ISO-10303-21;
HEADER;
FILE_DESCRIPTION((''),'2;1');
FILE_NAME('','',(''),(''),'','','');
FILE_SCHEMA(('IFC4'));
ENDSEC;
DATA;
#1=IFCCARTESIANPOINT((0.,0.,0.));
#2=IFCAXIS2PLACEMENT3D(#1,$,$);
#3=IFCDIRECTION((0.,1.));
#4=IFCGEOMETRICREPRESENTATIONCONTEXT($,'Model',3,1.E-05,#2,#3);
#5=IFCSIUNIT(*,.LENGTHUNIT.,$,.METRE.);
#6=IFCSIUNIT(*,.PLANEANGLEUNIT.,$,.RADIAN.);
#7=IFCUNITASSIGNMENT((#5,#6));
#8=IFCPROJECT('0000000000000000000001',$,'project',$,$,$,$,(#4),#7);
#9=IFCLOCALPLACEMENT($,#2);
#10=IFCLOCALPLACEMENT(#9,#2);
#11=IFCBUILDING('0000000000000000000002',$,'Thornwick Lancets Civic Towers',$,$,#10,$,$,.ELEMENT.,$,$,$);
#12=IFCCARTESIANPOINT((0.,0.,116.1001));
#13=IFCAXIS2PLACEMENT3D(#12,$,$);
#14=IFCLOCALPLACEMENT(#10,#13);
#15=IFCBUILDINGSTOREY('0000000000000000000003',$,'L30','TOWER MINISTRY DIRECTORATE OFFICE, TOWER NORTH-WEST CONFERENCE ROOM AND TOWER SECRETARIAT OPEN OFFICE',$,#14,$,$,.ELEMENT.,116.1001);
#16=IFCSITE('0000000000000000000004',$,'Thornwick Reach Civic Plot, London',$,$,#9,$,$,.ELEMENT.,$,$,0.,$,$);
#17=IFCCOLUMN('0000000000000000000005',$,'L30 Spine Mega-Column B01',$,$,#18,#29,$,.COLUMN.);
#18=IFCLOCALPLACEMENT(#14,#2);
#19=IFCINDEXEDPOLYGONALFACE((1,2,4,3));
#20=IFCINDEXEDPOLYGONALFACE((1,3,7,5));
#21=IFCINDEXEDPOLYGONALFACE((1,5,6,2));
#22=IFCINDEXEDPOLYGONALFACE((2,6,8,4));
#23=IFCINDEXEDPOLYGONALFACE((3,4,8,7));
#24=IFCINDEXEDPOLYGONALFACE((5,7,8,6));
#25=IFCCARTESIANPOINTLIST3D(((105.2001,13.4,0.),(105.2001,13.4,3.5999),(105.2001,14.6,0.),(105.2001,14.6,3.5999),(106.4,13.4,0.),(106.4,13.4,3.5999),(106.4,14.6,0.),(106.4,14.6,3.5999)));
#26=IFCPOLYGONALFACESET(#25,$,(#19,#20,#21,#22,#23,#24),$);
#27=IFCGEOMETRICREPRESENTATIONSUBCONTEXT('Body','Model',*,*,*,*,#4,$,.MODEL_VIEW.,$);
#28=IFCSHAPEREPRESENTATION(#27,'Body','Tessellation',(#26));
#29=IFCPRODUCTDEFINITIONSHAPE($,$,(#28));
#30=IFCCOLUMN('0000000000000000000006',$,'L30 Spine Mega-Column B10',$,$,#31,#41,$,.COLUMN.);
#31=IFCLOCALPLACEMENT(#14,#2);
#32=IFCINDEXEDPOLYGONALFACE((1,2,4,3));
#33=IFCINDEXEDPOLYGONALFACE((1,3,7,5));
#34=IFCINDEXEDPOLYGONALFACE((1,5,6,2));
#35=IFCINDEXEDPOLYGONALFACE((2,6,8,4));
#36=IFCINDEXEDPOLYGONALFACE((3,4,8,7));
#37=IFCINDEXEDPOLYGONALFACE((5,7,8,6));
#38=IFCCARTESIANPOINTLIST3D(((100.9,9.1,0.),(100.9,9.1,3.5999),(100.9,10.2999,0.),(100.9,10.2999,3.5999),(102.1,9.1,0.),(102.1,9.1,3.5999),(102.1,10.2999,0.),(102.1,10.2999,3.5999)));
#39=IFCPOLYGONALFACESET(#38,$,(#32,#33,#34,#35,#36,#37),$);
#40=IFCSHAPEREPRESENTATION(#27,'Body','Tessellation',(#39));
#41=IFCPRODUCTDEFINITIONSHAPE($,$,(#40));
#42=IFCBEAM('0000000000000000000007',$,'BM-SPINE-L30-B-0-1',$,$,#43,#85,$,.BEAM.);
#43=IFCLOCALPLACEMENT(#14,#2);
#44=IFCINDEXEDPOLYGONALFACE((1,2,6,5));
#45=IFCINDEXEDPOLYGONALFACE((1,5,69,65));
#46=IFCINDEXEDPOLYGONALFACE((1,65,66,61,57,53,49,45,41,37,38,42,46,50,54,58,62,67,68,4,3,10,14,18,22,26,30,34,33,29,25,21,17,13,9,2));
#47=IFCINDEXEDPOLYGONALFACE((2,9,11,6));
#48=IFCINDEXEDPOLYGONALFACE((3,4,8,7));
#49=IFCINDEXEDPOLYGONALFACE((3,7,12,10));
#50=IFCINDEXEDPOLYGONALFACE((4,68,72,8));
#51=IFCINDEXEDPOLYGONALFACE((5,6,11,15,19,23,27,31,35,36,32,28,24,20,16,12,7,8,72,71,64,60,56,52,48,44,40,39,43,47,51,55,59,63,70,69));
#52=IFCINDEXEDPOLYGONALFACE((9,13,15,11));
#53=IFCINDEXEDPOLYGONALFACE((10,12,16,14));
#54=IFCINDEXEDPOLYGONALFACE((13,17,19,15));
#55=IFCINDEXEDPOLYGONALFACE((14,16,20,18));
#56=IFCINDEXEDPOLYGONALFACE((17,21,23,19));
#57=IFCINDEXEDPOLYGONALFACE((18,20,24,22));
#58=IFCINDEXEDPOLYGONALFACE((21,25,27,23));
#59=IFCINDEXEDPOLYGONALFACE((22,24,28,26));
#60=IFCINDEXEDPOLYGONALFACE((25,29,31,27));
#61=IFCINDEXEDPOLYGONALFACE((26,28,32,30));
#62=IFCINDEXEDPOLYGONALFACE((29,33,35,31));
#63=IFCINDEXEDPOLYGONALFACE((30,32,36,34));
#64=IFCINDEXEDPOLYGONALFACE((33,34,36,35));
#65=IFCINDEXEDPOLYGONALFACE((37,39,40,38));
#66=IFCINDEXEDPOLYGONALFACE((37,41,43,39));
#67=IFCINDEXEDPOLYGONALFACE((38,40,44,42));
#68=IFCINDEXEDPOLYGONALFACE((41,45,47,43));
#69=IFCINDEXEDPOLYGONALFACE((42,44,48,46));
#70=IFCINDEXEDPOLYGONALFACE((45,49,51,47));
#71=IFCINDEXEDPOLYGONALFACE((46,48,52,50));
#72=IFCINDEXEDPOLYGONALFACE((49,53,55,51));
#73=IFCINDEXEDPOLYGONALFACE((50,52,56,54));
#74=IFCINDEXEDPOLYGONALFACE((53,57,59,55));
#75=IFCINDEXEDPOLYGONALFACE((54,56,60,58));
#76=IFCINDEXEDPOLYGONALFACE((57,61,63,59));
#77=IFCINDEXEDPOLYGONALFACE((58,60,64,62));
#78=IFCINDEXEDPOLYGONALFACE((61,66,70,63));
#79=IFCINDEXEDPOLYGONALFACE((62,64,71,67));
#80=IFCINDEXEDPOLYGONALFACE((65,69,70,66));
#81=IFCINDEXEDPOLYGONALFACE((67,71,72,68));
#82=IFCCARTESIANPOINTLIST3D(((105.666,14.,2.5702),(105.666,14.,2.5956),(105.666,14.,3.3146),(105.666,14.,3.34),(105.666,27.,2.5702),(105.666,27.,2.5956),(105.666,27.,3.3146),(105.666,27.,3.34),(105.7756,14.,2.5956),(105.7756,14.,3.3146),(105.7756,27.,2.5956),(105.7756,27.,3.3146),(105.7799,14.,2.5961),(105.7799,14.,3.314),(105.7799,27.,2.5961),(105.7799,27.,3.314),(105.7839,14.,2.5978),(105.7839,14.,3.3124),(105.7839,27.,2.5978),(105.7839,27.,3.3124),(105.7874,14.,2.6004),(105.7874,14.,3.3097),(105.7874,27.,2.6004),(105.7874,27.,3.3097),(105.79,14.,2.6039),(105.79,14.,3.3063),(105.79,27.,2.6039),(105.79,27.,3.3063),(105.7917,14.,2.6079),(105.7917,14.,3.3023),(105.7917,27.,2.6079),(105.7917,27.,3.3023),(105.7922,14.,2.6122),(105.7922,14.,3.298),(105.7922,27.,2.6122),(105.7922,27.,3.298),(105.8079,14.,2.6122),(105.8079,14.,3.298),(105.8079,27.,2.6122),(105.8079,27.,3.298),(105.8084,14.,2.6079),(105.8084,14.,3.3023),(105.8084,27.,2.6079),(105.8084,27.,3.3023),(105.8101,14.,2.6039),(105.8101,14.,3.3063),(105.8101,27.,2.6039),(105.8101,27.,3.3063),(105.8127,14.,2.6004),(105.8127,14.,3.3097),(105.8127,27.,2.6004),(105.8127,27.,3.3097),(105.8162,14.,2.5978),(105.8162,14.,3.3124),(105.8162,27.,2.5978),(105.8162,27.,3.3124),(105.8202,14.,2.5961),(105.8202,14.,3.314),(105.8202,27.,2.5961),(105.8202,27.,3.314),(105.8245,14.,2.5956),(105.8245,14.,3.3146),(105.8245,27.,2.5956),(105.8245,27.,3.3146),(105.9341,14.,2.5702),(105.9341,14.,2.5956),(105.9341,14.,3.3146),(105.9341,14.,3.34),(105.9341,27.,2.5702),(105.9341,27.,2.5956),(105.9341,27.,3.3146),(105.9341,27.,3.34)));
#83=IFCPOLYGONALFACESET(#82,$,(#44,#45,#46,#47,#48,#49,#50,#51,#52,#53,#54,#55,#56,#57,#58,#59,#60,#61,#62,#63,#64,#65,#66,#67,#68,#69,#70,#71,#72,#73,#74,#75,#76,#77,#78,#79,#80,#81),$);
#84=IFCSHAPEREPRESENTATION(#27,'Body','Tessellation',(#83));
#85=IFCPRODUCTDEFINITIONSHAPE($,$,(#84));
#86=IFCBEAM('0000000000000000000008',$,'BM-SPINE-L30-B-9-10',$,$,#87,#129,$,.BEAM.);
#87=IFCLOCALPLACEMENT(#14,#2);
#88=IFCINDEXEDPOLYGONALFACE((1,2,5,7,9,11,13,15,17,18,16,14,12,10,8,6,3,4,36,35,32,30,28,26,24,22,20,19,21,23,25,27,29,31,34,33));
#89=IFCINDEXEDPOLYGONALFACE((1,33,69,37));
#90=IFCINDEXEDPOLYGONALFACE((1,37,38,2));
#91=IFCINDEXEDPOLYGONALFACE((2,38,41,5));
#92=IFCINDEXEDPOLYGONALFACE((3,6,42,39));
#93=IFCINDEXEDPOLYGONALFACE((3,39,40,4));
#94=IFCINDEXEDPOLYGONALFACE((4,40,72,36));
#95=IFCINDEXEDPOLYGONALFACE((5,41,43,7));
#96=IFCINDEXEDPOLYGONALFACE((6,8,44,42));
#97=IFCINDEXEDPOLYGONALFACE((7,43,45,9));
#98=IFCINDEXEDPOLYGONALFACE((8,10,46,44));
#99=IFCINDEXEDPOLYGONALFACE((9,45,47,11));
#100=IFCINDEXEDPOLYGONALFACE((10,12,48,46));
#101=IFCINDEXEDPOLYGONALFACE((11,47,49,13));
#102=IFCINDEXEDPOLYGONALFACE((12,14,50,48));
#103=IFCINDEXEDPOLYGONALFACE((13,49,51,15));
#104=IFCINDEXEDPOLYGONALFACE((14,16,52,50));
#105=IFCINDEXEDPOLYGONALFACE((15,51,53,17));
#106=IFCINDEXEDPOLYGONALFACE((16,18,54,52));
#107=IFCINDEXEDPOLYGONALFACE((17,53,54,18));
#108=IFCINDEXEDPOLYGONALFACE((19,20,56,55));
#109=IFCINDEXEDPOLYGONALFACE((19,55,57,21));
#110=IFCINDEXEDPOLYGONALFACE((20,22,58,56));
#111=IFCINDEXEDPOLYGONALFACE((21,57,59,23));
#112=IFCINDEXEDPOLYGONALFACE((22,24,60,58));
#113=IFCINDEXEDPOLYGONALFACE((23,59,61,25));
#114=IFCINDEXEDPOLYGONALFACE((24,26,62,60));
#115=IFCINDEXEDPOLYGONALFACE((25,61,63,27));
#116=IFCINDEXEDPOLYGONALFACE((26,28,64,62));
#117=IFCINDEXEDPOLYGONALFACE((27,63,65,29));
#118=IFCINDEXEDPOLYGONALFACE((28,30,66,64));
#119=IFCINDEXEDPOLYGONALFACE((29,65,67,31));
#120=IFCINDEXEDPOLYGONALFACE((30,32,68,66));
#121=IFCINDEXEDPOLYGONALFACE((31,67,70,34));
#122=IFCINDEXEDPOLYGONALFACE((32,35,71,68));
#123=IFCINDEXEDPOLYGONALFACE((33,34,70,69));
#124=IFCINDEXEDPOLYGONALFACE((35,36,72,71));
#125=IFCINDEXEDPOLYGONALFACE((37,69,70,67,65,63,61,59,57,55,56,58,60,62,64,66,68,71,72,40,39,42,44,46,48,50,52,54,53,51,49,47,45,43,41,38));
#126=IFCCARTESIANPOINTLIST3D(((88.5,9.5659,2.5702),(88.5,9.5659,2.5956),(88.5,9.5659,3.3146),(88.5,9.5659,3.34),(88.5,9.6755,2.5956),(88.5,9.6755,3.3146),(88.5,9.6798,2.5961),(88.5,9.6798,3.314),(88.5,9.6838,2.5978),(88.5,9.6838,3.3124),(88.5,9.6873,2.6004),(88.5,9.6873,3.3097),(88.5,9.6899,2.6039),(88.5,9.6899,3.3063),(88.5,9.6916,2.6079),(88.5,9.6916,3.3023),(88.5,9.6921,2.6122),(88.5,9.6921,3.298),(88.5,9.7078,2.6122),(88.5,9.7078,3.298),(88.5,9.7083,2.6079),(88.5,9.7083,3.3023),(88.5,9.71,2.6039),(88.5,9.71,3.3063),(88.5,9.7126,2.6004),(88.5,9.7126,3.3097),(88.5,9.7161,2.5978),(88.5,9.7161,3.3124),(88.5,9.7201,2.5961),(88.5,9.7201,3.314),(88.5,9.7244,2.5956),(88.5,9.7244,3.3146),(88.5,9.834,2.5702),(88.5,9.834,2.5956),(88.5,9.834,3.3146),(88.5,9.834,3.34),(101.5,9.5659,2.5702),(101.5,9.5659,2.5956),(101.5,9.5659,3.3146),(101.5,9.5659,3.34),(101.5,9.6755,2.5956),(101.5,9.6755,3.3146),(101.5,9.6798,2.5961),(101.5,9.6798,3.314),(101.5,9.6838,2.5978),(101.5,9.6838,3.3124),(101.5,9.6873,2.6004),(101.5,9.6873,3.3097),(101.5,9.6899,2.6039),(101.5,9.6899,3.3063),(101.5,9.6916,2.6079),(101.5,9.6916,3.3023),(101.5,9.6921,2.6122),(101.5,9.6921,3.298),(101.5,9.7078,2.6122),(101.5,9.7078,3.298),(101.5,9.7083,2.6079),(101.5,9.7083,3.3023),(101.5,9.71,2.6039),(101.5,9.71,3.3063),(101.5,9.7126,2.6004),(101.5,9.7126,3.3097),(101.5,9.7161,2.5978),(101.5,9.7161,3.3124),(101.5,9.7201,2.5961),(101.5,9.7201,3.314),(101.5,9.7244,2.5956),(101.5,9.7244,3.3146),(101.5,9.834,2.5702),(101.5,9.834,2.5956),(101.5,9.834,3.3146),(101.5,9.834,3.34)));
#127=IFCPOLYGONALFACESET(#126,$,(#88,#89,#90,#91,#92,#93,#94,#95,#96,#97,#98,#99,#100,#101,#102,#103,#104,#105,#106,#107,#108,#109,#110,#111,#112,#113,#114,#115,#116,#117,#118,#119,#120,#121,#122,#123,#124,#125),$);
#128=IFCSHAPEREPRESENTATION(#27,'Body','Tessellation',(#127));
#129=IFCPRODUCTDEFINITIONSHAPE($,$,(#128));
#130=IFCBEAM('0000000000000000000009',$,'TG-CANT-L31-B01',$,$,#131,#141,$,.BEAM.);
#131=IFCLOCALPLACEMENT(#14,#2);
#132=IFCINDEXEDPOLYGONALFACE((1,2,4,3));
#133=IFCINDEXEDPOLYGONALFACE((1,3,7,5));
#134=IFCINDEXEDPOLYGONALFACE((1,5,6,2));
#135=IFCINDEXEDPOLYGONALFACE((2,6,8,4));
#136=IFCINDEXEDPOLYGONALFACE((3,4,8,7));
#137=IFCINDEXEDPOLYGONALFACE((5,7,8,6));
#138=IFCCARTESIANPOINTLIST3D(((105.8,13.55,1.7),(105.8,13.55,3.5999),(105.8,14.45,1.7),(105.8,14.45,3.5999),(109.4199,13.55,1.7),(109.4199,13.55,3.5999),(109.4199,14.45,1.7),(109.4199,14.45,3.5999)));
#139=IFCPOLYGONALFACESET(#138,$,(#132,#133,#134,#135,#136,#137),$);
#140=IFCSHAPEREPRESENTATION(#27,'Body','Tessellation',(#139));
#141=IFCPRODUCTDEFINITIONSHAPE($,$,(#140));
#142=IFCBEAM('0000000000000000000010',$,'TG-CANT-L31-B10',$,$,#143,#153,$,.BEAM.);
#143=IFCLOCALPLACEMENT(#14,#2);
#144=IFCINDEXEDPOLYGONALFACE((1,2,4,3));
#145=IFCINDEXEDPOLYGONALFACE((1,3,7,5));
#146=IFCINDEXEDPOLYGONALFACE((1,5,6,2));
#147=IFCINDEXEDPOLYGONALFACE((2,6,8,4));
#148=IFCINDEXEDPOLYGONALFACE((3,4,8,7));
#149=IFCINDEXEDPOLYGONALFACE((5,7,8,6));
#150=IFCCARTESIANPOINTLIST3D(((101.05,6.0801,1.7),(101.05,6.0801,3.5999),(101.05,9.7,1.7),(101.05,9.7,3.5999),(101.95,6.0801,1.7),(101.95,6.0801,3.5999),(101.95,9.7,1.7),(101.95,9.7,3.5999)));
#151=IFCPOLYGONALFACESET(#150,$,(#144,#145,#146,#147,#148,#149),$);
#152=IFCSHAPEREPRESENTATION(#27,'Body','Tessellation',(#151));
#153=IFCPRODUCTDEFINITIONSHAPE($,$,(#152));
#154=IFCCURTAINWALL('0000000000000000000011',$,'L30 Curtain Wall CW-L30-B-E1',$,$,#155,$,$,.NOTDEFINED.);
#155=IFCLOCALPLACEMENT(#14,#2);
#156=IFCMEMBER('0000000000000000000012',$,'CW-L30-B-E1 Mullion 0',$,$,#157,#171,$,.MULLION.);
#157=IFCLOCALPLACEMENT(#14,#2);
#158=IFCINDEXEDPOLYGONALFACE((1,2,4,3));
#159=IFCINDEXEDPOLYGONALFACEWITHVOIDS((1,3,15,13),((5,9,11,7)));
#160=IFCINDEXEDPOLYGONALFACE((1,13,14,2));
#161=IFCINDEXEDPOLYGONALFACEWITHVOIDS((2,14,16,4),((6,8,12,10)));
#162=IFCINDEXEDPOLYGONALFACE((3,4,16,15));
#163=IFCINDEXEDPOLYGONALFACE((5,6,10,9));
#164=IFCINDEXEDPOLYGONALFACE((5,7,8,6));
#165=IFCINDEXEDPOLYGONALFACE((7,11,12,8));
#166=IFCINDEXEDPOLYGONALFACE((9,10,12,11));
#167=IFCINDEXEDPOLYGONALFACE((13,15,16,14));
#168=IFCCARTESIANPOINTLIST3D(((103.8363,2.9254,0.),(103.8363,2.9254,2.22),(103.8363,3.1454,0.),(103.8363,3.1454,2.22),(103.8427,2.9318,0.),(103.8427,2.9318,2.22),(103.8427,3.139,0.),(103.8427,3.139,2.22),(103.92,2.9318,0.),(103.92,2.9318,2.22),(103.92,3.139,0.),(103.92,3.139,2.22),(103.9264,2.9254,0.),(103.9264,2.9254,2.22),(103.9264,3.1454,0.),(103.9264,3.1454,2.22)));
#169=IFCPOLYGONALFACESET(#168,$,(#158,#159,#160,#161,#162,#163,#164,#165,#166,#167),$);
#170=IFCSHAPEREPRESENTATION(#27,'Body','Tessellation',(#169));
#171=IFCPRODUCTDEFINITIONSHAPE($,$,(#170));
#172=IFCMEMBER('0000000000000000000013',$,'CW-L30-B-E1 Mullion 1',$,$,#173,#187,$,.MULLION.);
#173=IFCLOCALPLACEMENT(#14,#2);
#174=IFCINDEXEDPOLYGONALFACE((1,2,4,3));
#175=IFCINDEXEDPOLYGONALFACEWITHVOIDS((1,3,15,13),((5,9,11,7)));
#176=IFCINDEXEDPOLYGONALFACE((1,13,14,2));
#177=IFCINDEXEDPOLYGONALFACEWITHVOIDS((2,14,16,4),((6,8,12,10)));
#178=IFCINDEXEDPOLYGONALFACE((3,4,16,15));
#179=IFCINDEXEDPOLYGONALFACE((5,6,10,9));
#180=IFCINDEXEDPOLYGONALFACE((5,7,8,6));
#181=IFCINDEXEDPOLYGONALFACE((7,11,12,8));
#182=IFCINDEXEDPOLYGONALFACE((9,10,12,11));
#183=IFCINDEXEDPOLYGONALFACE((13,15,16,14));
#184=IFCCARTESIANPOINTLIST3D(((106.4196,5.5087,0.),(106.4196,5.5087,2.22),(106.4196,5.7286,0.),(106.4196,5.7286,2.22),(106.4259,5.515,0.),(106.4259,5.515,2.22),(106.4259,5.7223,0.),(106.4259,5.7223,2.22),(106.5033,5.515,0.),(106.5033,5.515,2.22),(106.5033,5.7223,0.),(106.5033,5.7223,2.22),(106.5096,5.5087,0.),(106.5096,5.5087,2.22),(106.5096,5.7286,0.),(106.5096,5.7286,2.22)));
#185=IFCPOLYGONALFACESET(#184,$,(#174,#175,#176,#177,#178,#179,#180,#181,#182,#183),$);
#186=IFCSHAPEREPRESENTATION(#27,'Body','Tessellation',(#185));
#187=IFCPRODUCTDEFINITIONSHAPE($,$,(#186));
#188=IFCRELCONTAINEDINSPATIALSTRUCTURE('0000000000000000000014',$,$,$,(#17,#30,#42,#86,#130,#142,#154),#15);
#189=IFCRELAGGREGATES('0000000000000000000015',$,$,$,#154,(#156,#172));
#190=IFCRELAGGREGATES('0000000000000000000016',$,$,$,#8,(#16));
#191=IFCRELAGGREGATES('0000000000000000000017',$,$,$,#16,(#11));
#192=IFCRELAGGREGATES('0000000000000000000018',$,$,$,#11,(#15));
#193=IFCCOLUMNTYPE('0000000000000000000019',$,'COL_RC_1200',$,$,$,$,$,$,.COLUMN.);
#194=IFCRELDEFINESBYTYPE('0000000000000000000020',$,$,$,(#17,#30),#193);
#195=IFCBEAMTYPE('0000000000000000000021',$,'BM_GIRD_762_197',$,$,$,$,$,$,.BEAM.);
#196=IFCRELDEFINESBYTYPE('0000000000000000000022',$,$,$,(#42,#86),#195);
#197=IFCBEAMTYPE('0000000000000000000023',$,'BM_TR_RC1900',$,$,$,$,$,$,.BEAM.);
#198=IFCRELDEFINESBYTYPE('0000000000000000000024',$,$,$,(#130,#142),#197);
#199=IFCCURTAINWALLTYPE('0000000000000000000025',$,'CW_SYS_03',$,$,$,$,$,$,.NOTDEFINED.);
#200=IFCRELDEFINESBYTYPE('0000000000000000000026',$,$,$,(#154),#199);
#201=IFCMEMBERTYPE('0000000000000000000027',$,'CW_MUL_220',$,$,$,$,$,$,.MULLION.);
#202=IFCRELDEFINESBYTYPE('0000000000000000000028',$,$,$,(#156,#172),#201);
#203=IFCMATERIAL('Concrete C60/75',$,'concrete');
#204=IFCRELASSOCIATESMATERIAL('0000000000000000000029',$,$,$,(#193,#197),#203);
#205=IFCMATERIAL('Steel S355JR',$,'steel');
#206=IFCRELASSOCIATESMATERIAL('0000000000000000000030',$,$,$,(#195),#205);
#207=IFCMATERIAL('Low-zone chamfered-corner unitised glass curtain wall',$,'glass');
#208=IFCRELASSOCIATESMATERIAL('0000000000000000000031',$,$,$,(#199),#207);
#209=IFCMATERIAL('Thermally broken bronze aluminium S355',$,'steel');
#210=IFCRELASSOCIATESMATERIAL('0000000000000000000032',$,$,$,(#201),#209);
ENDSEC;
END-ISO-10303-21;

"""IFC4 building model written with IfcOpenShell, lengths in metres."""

from ifc_helpers import new_model, si_unit, direction, frame, origin, origin_2d, place, context, subcontext, project, spatial, rectangle, hollow_rectangle, i_section, extrude, material, material_profile, profile_set, type_object, element, aggregate, save


model = new_model("IFC4")

# Units and contexts
model_context = context("Model", 3, precision=1e-05, world=origin(), true_north=direction((0.0, 1.0)))
body_context = subcontext(model_context, "Body", "Model", "MODEL_VIEW")
ifc_project = project(units=[si_unit("LENGTHUNIT", "METRE"), si_unit("PLANEANGLEUNIT", "RADIAN")], contexts=[model_context])

# Site, building, storey
site_placement = place(None, origin())
site = spatial("IfcSite", under=ifc_project, at=site_placement, Name="Thornwick Reach Civic Plot, London", CompositionType="ELEMENT", RefElevation=0.0)
building_placement = place(site_placement, origin())
building = spatial("IfcBuilding", under=site, at=building_placement, Name="Thornwick Lancets Civic Towers", CompositionType="ELEMENT")
storey_placement = place(building_placement, frame((0.0, 0.0, 116.1001)))
storey = spatial("IfcBuildingStorey", under=building, at=storey_placement, Name="L30", Description="TOWER MINISTRY DIRECTORATE OFFICE, TOWER NORTH-WEST CONFERENCE ROOM AND TOWER SECRETARIAT OPEN OFFICE", CompositionType="ELEMENT", Elevation=116.1001)

# Columns
ifc_material_1 = material(Name="Concrete C60/75", Category="concrete")
ifc_material_profile_1 = material_profile(ifc_material_1, rectangle(XDim=1.2, YDim=1.2, at=origin_2d()), Name="RC 1200x1200")
ifc_profile_set_1 = profile_set([ifc_material_profile_1], Name="Concrete C60/75")
column_type = type_object("IfcColumnType", Name="COL_RC_1200", PredefinedType="COLUMN", material=ifc_profile_set_1)
for number, where, z_axis, x_axis, name in (
    (1, (105.8, 14.0, 0.0), (0.0, 0.0, 1.0), (1.0, 0.0, 0.0), "L30 Spine Mega-Column B01"),
    (2, (101.5, 9.7, 0.0), (0.0, 0.0, 1.0), (1.0, 0.0, 0.0), "L30 Spine Mega-Column B10"),
):
    element("IfcColumn", number, at=place(storey_placement, frame(where, z_axis=z_axis, x_axis=x_axis)), inside=storey, type_object=column_type, Name=name, PredefinedType="COLUMN", context=body_context, shape_type="SweptSolid", body=[
        extrude(rectangle(XDim=1.2, YDim=1.2, at=origin_2d()), origin(), (0.0, 0.0, 1.0), 3.5999),
    ])

# Beams
ifc_material_2 = material(Name="Steel S355JR", Category="steel")
ifc_material_profile_2 = material_profile(ifc_material_2, i_section(OverallWidth=0.2681, OverallDepth=0.7698, WebThickness=0.0156, FlangeThickness=0.0254, FilletRadius=0.0166, at=origin_2d()), Name="UKB 762x267x197")
ifc_profile_set_2 = profile_set([ifc_material_profile_2], Name="Steel S355JR")
beam_type_1 = type_object("IfcBeamType", Name="BM_GIRD_762_197", PredefinedType="BEAM", material=ifc_profile_set_2)
for number, where, z_axis, x_axis, name in (
    (3, (105.8, 14.0, 2.9551), (0.0, 1.0, 0.0), (-1.0, 0.0, 0.0), "BM-SPINE-L30-B-0-1"),
    (4, (101.5, 9.7, 2.9551), (-1.0, 0.0, 0.0), (0.0, -1.0, 0.0), "BM-SPINE-L30-B-9-10"),
):
    element("IfcBeam", number, at=place(storey_placement, frame(where, z_axis=z_axis, x_axis=x_axis)), inside=storey, type_object=beam_type_1, Name=name, PredefinedType="BEAM", context=body_context, shape_type="SweptSolid", body=[
        extrude(i_section(OverallWidth=0.2681, OverallDepth=0.7698, WebThickness=0.0156, FlangeThickness=0.0254, FilletRadius=0.0166, at=origin_2d()), origin(), (0.0, 0.0, 1.0), 13.0),
    ])
ifc_material_profile_3 = material_profile(ifc_material_1, rectangle(XDim=0.8999, YDim=1.8999, at=origin_2d()), Name="RC 900x1900")
ifc_profile_set_3 = profile_set([ifc_material_profile_3], Name="Concrete C60/75")
beam_type_2 = type_object("IfcBeamType", Name="BM_TR_RC1900", PredefinedType="BEAM", material=ifc_profile_set_3)
for number, where, z_axis, x_axis, name in (
    (5, (105.8, 14.0, 2.6499), (1.0, 0.0, 0.0), (0.0, 1.0, 0.0), "TG-CANT-L31-B01"),
    (6, (101.5, 9.7, 2.6499), (0.0, -1.0, 0.0), (1.0, 0.0, 0.0), "TG-CANT-L31-B10"),
):
    element("IfcBeam", number, at=place(storey_placement, frame(where, z_axis=z_axis, x_axis=x_axis)), inside=storey, type_object=beam_type_2, Name=name, PredefinedType="BEAM", context=body_context, shape_type="SweptSolid", body=[
        extrude(rectangle(XDim=0.8999, YDim=1.8999, at=origin_2d()), origin(), (0.0, 0.0, 1.0), 3.6199),
    ])

# Curtain wall, members
ifc_material_3 = material(Name="Low-zone chamfered-corner unitised glass curtain wall", Category="glass")
curtain_wall_type = type_object("IfcCurtainWallType", Name="CW_SYS_03", PredefinedType="NOTDEFINED", material=ifc_material_3)
curtain_wall_placement = place(storey_placement, origin())
curtain_wall = element("IfcCurtainWall", 7, at=curtain_wall_placement, inside=storey, type_object=curtain_wall_type, Name="L30 Curtain Wall CW-L30-B-E1", PredefinedType="NOTDEFINED")
ifc_material_4 = material(Name="Thermally broken bronze aluminium S355", Category="steel")
ifc_material_profile_4 = material_profile(ifc_material_4, hollow_rectangle(XDim=0.0901, YDim=0.22, WallThickness=0.0063, at=origin_2d()), Name="RHS 220x90x6.3")
ifc_profile_set_4 = profile_set([ifc_material_profile_4], Name="Thermally broken bronze aluminium S355")
member_type_1 = type_object("IfcMemberType", Name="CW_MUL_220", PredefinedType="MULLION", material=ifc_profile_set_4)
member_1_placement = place(storey_placement, frame((103.8813, 3.0354, 0.0), z_axis=(0.0, 0.0, 1.0), x_axis=(1.0, 0.0, 0.0)))
member_1 = element("IfcMember", 8, at=member_1_placement, type_object=member_type_1, Name="CW-L30-B-E1 Mullion 0", PredefinedType="MULLION", context=body_context, shape_type="SweptSolid", body=[
    extrude(hollow_rectangle(XDim=0.0901, YDim=0.22, WallThickness=0.0063, at=origin_2d()), origin(), (0.0, 0.0, 1.0), 2.22),
])
member_2_placement = place(storey_placement, frame((106.4646, 5.6187, 0.0), z_axis=(0.0, 0.0, 1.0), x_axis=(1.0, 0.0, 0.0)))
member_2 = element("IfcMember", 9, at=member_2_placement, type_object=member_type_1, Name="CW-L30-B-E1 Mullion 1", PredefinedType="MULLION", context=body_context, shape_type="SweptSolid", body=[
    extrude(hollow_rectangle(XDim=0.0901, YDim=0.22, WallThickness=0.0063, at=origin_2d()), origin(), (0.0, 0.0, 1.0), 2.22),
])

aggregate(curtain_wall, [member_1, member_2])

save(model, "model.ifc")
